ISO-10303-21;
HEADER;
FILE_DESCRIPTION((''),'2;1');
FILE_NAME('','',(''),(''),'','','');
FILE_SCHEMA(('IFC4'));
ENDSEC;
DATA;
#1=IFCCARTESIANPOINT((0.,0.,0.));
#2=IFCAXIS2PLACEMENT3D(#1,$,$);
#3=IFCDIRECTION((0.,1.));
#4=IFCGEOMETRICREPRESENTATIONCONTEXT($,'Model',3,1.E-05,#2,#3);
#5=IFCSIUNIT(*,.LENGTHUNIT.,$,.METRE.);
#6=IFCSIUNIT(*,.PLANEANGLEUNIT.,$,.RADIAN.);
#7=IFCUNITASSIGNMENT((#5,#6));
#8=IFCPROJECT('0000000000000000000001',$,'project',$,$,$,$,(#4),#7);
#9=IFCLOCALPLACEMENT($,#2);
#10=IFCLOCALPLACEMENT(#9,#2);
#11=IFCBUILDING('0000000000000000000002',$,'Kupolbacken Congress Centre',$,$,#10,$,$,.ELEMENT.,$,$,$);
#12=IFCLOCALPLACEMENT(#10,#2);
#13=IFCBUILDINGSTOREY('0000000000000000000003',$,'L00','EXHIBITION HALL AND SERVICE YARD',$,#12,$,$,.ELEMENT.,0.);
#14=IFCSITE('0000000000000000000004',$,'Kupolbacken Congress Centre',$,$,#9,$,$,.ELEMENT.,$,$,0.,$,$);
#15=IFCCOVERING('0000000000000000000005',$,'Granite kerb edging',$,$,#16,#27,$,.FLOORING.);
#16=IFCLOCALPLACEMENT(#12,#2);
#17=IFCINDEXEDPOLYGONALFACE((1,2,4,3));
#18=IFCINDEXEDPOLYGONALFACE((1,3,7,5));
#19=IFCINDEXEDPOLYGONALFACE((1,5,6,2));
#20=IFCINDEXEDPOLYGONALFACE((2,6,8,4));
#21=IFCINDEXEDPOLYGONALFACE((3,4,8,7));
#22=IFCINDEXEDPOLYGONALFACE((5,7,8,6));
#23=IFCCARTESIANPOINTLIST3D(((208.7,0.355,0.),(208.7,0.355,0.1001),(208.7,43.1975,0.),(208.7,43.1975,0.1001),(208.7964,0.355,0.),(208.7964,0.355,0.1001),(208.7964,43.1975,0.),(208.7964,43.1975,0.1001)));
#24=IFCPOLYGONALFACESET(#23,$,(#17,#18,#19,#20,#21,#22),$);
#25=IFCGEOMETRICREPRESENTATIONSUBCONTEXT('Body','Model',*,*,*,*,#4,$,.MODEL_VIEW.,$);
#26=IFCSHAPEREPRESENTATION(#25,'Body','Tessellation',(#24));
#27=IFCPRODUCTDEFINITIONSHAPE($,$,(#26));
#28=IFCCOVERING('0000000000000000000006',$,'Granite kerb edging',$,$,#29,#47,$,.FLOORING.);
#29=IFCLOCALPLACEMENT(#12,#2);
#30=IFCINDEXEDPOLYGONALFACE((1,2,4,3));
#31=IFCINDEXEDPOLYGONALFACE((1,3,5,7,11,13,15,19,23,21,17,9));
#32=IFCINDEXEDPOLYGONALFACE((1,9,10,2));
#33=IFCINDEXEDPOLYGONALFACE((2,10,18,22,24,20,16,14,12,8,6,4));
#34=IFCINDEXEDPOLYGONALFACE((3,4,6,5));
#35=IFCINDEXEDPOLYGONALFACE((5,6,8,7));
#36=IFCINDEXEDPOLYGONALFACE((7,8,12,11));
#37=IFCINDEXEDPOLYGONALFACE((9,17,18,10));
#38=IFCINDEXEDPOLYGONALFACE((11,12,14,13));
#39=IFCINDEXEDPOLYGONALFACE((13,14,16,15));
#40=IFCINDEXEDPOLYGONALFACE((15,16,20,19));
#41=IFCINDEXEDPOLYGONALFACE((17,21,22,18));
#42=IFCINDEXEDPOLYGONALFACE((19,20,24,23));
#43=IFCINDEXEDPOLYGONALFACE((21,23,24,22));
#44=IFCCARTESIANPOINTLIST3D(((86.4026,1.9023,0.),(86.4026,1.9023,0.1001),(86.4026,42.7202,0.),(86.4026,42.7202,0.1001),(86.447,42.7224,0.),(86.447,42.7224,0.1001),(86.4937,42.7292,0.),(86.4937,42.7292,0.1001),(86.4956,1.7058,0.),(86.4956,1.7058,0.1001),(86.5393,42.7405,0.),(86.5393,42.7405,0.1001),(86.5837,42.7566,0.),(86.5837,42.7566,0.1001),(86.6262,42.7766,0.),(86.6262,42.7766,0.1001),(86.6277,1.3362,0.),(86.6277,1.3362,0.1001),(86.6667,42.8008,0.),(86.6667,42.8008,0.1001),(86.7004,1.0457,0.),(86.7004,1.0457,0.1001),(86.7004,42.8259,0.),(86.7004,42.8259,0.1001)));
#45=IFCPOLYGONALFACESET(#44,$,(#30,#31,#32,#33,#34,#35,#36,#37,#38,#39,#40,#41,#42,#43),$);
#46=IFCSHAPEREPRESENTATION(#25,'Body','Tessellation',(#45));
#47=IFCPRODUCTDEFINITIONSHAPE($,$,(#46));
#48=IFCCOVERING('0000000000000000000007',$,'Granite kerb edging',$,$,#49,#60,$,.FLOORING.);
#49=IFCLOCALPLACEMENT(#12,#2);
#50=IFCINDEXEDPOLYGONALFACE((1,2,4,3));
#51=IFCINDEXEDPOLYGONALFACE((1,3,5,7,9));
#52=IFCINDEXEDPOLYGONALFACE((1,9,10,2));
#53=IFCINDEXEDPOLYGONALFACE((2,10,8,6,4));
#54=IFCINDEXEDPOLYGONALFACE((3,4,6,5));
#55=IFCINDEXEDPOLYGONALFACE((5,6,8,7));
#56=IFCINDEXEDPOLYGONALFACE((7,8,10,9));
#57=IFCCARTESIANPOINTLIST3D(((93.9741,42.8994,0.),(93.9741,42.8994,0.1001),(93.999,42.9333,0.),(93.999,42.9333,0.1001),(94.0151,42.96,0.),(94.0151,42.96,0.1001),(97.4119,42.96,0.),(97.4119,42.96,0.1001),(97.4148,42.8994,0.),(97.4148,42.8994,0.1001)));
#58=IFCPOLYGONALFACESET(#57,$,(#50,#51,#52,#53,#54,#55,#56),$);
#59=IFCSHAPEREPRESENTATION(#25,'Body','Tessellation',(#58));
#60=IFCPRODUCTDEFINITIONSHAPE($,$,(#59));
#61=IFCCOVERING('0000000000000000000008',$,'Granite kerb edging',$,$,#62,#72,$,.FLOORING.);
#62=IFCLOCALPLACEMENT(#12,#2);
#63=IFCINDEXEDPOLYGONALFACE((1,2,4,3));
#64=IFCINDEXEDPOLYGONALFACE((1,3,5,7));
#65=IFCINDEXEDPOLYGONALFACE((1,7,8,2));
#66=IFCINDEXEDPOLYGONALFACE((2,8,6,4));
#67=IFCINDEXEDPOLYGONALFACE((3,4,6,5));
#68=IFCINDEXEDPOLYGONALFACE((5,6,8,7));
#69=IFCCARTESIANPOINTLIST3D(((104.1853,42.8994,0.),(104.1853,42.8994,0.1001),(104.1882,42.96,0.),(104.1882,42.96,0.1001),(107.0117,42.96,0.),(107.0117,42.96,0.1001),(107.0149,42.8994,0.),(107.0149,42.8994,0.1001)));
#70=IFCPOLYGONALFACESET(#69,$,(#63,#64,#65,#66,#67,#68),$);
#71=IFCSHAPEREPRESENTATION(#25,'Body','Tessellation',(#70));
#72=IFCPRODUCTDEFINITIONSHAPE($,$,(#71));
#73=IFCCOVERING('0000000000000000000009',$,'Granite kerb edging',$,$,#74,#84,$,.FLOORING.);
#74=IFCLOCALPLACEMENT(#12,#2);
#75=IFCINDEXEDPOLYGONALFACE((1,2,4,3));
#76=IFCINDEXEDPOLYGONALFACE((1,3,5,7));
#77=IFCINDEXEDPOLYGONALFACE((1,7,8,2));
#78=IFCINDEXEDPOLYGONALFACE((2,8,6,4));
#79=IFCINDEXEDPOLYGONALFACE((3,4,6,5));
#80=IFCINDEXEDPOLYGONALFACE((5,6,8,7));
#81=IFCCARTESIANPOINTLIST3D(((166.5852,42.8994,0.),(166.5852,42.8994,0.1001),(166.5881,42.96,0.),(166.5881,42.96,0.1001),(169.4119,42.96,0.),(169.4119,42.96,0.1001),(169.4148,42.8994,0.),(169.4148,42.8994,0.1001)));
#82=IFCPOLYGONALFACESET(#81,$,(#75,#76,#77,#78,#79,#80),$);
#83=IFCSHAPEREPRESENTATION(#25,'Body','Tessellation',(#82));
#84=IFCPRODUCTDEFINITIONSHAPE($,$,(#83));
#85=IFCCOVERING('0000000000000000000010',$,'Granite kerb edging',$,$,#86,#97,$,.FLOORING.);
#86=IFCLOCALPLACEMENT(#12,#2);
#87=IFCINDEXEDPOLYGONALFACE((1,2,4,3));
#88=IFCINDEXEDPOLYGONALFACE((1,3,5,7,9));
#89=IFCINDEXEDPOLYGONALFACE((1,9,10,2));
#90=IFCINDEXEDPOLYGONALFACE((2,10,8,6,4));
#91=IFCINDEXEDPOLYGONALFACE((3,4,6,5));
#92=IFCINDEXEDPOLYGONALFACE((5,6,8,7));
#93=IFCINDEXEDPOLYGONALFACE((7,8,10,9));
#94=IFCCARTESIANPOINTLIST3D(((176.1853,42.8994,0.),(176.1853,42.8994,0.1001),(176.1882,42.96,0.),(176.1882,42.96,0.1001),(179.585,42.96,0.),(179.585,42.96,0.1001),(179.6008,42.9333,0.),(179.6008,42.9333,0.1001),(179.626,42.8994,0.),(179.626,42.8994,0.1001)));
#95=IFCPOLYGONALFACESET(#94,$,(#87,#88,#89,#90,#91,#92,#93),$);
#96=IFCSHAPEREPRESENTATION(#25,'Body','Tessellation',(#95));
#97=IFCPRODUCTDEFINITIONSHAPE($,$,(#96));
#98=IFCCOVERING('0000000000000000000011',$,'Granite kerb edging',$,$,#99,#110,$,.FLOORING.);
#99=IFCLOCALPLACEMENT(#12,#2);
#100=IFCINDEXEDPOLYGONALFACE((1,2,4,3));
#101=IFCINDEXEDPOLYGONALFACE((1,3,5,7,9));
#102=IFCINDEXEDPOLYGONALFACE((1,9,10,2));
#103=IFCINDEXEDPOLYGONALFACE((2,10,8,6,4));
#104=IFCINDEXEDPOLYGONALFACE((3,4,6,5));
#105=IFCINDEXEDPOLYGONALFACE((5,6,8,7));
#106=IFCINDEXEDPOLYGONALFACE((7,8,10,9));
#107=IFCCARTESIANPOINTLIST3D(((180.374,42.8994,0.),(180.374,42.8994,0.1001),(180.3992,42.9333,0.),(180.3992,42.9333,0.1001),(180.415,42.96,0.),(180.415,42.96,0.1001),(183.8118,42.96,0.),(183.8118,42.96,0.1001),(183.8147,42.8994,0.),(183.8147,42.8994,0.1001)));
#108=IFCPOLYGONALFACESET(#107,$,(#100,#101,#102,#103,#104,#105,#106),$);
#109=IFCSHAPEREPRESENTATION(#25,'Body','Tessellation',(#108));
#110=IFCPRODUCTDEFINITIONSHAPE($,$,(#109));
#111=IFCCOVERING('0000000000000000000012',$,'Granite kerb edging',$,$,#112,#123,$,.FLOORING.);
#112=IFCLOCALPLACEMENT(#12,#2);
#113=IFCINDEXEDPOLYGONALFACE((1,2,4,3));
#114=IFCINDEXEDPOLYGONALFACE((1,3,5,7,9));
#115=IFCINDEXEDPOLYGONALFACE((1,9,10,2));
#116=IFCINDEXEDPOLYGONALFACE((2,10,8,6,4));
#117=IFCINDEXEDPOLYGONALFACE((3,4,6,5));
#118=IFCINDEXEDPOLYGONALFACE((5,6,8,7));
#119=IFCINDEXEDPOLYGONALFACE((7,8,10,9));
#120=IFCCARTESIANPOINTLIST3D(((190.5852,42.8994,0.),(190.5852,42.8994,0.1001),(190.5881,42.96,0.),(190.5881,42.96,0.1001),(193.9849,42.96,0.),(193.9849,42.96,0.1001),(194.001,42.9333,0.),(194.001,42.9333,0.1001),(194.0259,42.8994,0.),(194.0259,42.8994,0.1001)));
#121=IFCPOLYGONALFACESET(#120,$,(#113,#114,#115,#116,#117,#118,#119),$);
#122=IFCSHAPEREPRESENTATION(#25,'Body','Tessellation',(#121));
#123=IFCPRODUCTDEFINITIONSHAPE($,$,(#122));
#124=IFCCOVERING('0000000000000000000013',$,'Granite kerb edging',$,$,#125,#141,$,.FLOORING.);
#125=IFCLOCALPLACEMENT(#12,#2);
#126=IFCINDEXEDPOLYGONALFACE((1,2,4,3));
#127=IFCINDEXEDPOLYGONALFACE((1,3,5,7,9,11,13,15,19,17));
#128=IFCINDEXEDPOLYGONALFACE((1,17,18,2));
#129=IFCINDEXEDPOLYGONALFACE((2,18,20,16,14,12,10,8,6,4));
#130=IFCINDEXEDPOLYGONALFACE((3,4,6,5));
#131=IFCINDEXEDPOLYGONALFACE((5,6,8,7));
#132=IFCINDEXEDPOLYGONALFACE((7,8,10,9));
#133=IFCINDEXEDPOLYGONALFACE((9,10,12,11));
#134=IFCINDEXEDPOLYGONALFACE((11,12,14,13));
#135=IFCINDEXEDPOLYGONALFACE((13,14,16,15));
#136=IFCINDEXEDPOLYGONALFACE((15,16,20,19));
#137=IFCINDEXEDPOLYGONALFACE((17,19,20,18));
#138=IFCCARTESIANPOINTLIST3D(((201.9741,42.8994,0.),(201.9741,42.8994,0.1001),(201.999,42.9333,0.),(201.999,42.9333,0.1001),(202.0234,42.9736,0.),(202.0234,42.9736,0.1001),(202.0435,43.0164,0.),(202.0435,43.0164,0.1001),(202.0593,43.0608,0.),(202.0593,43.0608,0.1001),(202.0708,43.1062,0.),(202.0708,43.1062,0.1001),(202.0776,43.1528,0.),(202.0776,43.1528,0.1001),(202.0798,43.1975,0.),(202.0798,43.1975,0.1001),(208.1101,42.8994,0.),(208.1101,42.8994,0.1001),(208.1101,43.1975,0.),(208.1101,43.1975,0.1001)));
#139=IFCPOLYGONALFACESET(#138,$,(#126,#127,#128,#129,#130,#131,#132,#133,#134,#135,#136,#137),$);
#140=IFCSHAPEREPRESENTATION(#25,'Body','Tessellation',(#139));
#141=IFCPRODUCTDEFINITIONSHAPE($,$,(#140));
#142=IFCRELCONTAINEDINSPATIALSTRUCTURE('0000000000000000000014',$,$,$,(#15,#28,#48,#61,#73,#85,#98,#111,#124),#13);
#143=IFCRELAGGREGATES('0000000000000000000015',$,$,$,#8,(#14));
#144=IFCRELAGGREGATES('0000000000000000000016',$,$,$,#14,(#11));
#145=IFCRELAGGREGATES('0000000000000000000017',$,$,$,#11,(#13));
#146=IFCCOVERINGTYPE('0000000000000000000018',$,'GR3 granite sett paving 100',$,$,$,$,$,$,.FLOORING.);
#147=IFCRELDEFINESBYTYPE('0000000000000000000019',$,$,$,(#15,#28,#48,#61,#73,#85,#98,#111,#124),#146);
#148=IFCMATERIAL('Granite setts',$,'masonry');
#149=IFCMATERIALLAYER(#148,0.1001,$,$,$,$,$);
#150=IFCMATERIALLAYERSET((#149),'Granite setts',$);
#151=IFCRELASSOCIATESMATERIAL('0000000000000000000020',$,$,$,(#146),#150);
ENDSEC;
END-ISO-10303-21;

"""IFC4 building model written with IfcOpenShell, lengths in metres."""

from ifc_helpers import new_model, si_unit, direction, origin, place, context, subcontext, project, spatial, polyline, outline, extrude, material, layer, layer_set, type_object, element, save


model = new_model("IFC4")

# Units and contexts
model_context = context("Model", 3, precision=1e-05, world=origin(), true_north=direction((0.0, 1.0)))
body_context = subcontext(model_context, "Body", "Model", "MODEL_VIEW")
ifc_project = project(units=[si_unit("LENGTHUNIT", "METRE"), si_unit("PLANEANGLEUNIT", "RADIAN")], contexts=[model_context])

# Site, building, storey
site_placement = place(None, origin())
site = spatial("IfcSite", under=ifc_project, at=site_placement, Name="Kupolbacken Congress Centre", CompositionType="ELEMENT", RefElevation=0.0)
building_placement = place(site_placement, origin())
building = spatial("IfcBuilding", under=site, at=building_placement, Name="Kupolbacken Congress Centre", CompositionType="ELEMENT")
storey_placement = place(building_placement, origin())
storey = spatial("IfcBuildingStorey", under=building, at=storey_placement, Name="L00", Description="EXHIBITION HALL AND SERVICE YARD", CompositionType="ELEMENT", Elevation=0.0)

# Coverings
ifc_material_1 = material(Name="Granite setts", Category="masonry")
ifc_layer_1 = layer(ifc_material_1, 0.1001)
ifc_layer_set_1 = layer_set([ifc_layer_1], Name="Granite setts")
covering_type_1 = type_object("IfcCoveringType", Name="GR3 granite sett paving 100", PredefinedType="FLOORING", material=ifc_layer_set_1)
covering_1_placement = place(storey_placement, origin())
element("IfcCovering", 1, at=covering_1_placement, inside=storey, type_object=covering_type_1, Name="Granite kerb edging", PredefinedType="FLOORING", context=body_context, shape_type="SweptSolid", body=[
    extrude(outline(polyline([(208.7, 0.355), (208.7, 43.1975), (208.7964, 43.1975), (208.7964, 0.355), (208.7, 0.355)])), origin(), (0.0, 0.0, 1.0), 0.1001),
])
covering_2_placement = place(storey_placement, origin())
element("IfcCovering", 2, at=covering_2_placement, inside=storey, type_object=covering_type_1, Name="Granite kerb edging", PredefinedType="FLOORING", context=body_context, shape_type="SweptSolid", body=[
    extrude(outline(polyline([(86.6667, 42.8008), (86.7004, 42.8259), (86.7004, 1.0457), (86.6277, 1.3362), (86.4956, 1.7058), (86.4026, 1.9023), (86.4026, 42.7202), (86.447, 42.7224), (86.4937, 42.7292), (86.5393, 42.7405), (86.5837, 42.7566), (86.6262, 42.7766), (86.6667, 42.8008)])), origin(), (0.0, 0.0, 1.0), 0.1001),
])
covering_3_placement = place(storey_placement, origin())
element("IfcCovering", 3, at=covering_3_placement, inside=storey, type_object=covering_type_1, Name="Granite kerb edging", PredefinedType="FLOORING", context=body_context, shape_type="SweptSolid", body=[
    extrude(outline(polyline([(93.999, 42.9333), (94.0151, 42.96), (97.4119, 42.96), (97.4148, 42.8994), (93.9741, 42.8994), (93.999, 42.9333)])), origin(), (0.0, 0.0, 1.0), 0.1001),
])
covering_4_placement = place(storey_placement, origin())
element("IfcCovering", 4, at=covering_4_placement, inside=storey, type_object=covering_type_1, Name="Granite kerb edging", PredefinedType="FLOORING", context=body_context, shape_type="SweptSolid", body=[
    extrude(outline(polyline([(107.0117, 42.96), (107.0149, 42.8994), (104.1853, 42.8994), (104.1882, 42.96), (107.0117, 42.96)])), origin(), (0.0, 0.0, 1.0), 0.1001),
])
covering_5_placement = place(storey_placement, origin())
element("IfcCovering", 5, at=covering_5_placement, inside=storey, type_object=covering_type_1, Name="Granite kerb edging", PredefinedType="FLOORING", context=body_context, shape_type="SweptSolid", body=[
    extrude(outline(polyline([(169.4119, 42.96), (169.4148, 42.8994), (166.5852, 42.8994), (166.5881, 42.96), (169.4119, 42.96)])), origin(), (0.0, 0.0, 1.0), 0.1001),
])
covering_6_placement = place(storey_placement, origin())
element("IfcCovering", 6, at=covering_6_placement, inside=storey, type_object=covering_type_1, Name="Granite kerb edging", PredefinedType="FLOORING", context=body_context, shape_type="SweptSolid", body=[
    extrude(outline(polyline([(176.1882, 42.96), (179.585, 42.96), (179.6008, 42.9333), (179.626, 42.8994), (176.1853, 42.8994), (176.1882, 42.96)])), origin(), (0.0, 0.0, 1.0), 0.1001),
])
covering_7_placement = place(storey_placement, origin())
element("IfcCovering", 7, at=covering_7_placement, inside=storey, type_object=covering_type_1, Name="Granite kerb edging", PredefinedType="FLOORING", context=body_context, shape_type="SweptSolid", body=[
    extrude(outline(polyline([(180.3992, 42.9333), (180.415, 42.96), (183.8118, 42.96), (183.8147, 42.8994), (180.374, 42.8994), (180.3992, 42.9333)])), origin(), (0.0, 0.0, 1.0), 0.1001),
])
covering_8_placement = place(storey_placement, origin())
element("IfcCovering", 8, at=covering_8_placement, inside=storey, type_object=covering_type_1, Name="Granite kerb edging", PredefinedType="FLOORING", context=body_context, shape_type="SweptSolid", body=[
    extrude(outline(polyline([(193.9849, 42.96), (194.001, 42.9333), (194.0259, 42.8994), (190.5852, 42.8994), (190.5881, 42.96), (193.9849, 42.96)])), origin(), (0.0, 0.0, 1.0), 0.1001),
])
covering_9_placement = place(storey_placement, origin())
element("IfcCovering", 9, at=covering_9_placement, inside=storey, type_object=covering_type_1, Name="Granite kerb edging", PredefinedType="FLOORING", context=body_context, shape_type="SweptSolid", body=[
    extrude(outline(polyline([(202.0798, 43.1975), (208.1101, 43.1975), (208.1101, 42.8994), (201.9741, 42.8994), (201.999, 42.9333), (202.0234, 42.9736), (202.0435, 43.0164), (202.0593, 43.0608), (202.0708, 43.1062), (202.0776, 43.1528), (202.0798, 43.1975)])), origin(), (0.0, 0.0, 1.0), 0.1001),
])

save(model, "model.ifc")
